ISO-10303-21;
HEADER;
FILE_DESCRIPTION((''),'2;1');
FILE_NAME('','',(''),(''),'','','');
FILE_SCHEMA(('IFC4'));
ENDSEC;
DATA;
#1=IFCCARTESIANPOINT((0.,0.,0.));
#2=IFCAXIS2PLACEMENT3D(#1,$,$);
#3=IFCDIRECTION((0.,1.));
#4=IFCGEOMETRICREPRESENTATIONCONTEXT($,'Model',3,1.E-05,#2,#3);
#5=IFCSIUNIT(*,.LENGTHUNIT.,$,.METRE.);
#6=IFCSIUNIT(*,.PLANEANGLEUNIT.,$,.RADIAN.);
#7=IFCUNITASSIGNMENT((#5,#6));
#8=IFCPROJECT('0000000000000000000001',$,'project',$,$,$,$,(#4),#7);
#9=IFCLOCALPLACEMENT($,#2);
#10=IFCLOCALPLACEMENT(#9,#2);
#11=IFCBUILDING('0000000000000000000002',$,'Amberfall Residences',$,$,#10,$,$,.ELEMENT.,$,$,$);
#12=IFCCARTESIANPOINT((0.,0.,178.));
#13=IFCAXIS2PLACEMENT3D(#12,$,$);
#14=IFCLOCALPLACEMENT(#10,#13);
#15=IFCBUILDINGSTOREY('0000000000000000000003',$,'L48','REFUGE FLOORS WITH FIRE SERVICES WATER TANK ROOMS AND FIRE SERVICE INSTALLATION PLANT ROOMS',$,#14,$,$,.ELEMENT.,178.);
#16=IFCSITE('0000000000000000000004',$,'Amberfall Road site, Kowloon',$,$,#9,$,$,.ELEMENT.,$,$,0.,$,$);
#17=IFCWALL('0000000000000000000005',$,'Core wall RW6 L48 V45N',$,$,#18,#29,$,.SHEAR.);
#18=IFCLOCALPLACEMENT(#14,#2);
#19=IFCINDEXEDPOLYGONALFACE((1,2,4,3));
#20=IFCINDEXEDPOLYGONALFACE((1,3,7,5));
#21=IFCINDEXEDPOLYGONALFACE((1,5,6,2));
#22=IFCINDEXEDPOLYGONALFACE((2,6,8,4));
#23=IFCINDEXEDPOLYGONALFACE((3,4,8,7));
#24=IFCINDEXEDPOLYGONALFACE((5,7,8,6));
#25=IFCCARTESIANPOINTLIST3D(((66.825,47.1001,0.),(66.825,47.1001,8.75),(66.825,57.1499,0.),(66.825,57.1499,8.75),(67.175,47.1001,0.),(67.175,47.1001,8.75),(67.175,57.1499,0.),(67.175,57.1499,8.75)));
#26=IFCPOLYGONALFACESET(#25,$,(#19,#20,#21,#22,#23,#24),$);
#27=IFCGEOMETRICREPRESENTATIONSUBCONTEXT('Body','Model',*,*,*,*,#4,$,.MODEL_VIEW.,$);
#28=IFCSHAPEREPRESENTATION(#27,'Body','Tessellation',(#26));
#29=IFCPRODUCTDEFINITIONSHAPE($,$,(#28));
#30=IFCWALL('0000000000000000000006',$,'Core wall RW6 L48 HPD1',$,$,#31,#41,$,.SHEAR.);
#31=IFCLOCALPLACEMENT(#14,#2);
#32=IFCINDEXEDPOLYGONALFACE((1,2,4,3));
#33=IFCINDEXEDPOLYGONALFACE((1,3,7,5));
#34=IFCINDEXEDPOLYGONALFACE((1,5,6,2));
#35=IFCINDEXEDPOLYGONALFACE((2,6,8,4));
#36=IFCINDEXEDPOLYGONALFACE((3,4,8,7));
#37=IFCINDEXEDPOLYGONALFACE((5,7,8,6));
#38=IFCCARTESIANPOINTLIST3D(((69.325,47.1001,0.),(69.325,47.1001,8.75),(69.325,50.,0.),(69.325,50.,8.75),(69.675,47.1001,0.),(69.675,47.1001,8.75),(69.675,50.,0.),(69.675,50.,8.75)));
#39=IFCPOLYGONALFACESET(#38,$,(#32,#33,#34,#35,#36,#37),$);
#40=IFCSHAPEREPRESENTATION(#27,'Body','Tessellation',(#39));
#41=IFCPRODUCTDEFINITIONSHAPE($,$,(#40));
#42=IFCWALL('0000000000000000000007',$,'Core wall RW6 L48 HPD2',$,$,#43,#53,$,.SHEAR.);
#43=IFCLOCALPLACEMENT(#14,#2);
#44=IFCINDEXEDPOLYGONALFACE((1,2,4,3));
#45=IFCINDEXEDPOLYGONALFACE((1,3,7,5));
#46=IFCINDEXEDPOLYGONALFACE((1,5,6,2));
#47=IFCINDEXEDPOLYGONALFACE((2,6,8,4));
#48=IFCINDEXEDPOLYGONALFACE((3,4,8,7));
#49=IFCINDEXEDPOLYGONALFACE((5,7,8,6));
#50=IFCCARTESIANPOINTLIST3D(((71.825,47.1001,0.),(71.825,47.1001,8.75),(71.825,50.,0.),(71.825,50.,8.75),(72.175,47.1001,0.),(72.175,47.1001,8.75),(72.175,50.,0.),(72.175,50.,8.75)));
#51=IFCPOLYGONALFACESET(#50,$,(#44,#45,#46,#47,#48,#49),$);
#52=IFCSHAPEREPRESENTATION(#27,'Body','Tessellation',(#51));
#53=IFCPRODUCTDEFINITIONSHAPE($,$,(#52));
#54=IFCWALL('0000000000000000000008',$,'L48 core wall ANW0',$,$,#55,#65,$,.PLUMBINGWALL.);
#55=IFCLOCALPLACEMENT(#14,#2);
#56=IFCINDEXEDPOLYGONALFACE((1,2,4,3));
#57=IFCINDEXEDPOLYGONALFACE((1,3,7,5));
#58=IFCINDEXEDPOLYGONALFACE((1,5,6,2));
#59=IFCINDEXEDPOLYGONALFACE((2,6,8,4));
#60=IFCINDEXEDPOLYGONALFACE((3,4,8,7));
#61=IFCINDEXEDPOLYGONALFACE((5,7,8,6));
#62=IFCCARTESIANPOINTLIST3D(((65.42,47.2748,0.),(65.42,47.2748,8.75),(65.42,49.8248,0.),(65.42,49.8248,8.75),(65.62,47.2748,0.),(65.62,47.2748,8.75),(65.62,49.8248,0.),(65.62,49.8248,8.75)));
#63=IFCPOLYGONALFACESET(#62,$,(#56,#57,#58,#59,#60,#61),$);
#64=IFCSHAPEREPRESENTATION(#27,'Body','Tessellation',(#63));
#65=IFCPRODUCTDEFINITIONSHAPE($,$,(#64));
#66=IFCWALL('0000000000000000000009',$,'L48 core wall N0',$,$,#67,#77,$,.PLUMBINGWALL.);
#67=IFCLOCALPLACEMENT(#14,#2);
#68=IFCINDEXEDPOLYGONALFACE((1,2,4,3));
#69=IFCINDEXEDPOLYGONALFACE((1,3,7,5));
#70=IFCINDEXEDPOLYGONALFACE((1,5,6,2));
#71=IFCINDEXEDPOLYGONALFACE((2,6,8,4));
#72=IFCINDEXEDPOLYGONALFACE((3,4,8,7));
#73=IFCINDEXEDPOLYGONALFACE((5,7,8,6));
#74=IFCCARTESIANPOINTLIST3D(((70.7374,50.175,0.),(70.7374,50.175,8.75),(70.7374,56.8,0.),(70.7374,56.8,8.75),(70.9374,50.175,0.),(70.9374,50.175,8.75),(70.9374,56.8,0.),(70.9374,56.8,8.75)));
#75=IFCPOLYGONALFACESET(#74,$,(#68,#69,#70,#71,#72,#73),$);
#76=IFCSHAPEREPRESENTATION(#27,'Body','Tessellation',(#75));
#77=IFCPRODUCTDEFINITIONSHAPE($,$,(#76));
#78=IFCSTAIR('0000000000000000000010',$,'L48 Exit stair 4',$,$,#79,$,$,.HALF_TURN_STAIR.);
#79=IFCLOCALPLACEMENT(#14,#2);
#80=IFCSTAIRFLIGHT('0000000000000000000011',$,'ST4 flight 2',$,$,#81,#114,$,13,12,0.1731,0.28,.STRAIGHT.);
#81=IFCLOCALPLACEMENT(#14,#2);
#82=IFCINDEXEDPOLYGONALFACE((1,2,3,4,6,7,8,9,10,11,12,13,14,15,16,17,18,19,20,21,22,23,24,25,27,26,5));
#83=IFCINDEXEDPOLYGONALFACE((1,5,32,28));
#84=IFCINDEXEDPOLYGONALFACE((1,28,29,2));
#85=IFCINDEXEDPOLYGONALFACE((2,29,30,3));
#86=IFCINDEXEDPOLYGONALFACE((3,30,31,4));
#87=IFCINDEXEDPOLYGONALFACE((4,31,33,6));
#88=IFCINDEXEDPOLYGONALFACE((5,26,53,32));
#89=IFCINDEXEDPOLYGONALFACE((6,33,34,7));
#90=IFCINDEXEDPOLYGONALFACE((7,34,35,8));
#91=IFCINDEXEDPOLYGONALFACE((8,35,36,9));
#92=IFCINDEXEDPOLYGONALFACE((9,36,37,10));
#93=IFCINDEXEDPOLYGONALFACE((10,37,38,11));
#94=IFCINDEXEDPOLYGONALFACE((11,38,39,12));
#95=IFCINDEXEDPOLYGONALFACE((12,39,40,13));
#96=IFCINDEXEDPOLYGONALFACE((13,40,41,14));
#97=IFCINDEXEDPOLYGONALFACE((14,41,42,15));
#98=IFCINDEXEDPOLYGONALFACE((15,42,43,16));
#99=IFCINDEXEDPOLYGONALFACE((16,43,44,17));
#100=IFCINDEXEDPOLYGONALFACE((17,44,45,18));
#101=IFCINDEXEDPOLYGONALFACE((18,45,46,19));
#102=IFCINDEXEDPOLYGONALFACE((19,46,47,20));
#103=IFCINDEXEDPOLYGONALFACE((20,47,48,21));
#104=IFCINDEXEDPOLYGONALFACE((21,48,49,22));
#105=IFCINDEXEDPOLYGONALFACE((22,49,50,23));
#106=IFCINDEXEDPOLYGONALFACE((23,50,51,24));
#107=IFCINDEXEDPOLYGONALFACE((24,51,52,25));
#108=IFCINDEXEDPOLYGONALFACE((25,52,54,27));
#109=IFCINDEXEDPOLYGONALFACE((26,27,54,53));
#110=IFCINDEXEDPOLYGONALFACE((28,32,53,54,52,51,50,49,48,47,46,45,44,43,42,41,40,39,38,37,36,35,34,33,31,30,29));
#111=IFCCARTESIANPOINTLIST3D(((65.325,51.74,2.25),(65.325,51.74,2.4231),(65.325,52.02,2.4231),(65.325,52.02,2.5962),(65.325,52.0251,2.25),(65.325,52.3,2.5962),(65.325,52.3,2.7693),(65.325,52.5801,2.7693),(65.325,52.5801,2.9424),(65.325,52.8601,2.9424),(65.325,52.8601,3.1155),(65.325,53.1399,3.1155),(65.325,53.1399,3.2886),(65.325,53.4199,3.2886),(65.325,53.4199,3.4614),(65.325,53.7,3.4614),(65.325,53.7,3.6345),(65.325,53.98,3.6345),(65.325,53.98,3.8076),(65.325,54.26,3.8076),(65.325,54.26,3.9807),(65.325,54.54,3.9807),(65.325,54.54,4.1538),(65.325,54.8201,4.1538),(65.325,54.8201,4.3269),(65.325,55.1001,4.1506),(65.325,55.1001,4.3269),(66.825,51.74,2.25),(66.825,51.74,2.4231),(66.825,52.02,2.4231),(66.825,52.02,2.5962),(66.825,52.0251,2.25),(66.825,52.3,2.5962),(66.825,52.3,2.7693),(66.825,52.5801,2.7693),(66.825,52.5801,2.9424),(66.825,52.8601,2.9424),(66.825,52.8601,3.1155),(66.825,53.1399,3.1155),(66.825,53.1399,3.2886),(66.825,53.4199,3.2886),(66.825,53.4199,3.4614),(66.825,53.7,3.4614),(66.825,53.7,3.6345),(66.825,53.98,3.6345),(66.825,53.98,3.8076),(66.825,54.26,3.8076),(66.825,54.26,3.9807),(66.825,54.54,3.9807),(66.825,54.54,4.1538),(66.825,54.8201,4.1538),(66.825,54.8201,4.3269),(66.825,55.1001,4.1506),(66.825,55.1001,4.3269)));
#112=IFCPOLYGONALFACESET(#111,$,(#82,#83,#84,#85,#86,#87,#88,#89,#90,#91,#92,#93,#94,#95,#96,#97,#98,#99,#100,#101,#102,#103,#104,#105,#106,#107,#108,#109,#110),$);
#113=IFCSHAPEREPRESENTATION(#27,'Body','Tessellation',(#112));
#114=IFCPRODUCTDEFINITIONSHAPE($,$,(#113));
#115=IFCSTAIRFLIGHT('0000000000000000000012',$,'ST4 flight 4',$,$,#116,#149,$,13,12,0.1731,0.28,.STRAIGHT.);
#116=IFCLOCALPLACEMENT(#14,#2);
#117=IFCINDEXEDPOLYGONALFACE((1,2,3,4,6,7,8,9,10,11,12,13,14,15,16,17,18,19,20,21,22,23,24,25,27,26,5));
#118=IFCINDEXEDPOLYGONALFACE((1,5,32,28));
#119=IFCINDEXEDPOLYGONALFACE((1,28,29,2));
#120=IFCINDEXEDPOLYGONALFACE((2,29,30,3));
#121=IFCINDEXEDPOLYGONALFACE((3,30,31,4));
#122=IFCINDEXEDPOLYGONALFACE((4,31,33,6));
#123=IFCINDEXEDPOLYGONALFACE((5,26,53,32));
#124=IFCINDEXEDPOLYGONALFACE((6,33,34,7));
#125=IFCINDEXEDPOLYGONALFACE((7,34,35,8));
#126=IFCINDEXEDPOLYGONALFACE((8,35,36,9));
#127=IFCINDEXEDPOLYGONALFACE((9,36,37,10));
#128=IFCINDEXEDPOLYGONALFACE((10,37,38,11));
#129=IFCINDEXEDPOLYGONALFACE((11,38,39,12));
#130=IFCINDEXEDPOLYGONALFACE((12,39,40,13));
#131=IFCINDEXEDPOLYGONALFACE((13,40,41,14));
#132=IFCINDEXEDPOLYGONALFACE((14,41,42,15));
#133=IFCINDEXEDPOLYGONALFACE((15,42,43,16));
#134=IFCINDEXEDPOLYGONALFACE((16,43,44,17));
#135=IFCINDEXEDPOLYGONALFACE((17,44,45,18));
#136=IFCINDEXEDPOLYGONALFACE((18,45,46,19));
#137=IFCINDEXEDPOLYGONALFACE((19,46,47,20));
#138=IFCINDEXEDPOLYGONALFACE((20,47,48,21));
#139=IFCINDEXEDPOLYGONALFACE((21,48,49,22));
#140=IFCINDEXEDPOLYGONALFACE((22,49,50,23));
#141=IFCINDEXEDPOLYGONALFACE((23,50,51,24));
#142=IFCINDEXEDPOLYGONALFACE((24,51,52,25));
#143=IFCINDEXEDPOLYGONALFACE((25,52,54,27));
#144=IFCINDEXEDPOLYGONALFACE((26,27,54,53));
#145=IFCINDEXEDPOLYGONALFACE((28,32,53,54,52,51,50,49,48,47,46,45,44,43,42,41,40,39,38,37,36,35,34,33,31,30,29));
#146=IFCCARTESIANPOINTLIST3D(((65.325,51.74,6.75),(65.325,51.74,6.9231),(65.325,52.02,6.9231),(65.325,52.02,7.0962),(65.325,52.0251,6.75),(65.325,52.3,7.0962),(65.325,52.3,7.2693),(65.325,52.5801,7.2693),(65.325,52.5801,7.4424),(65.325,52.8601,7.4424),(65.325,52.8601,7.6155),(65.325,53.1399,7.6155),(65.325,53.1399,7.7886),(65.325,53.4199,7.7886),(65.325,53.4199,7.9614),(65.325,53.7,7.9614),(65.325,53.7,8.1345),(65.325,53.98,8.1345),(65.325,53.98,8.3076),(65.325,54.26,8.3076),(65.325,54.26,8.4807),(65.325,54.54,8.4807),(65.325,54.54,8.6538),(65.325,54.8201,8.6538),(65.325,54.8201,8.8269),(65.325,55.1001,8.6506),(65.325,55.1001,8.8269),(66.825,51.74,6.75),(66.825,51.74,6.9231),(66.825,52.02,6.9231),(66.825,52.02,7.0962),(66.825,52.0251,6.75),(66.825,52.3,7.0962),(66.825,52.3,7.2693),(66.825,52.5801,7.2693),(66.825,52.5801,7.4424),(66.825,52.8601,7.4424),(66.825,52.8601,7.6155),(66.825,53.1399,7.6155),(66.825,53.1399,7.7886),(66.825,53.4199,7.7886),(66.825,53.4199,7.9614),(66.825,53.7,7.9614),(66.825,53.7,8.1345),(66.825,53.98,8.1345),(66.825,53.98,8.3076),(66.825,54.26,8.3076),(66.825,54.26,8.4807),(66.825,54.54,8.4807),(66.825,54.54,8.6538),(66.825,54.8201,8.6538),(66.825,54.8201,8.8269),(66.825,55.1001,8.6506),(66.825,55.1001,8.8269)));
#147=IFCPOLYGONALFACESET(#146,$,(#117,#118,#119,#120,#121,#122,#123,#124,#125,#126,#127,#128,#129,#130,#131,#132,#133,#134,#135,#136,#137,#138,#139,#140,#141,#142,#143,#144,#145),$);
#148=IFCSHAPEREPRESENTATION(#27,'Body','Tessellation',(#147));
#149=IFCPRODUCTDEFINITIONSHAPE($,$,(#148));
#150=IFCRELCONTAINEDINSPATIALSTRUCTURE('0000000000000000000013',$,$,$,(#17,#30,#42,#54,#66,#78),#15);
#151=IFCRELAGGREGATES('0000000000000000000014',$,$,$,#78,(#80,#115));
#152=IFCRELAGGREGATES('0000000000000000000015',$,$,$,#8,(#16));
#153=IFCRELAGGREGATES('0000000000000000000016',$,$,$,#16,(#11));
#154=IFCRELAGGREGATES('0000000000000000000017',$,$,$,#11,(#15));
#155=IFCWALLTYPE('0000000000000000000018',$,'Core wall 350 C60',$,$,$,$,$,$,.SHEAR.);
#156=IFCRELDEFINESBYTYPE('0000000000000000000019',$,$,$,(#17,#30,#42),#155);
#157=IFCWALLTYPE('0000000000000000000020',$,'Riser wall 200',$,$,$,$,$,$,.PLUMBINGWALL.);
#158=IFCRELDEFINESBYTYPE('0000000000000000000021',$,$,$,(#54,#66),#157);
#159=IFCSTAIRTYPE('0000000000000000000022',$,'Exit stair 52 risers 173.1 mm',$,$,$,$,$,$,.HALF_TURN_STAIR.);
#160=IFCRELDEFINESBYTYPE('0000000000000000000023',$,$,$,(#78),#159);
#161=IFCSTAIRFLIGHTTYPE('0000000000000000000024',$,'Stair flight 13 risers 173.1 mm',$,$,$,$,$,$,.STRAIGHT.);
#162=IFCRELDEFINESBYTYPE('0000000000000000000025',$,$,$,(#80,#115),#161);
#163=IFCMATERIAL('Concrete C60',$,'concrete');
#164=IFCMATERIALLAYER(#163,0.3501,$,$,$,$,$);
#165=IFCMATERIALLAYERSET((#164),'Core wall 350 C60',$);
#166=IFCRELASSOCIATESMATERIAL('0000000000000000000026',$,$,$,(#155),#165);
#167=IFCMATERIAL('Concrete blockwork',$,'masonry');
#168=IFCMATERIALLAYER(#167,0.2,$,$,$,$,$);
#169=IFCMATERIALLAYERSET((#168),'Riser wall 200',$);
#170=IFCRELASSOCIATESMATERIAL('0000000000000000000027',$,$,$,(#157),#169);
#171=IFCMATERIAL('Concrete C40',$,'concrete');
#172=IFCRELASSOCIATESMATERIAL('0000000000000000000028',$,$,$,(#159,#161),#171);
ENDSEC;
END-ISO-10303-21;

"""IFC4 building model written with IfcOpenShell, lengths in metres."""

from ifc_helpers import new_model, si_unit, direction, frame, frame_2d, origin, place, context, subcontext, project, spatial, polyline, rectangle, outline, extrude, material, layer, layer_set, type_object, element, aggregate, save


model = new_model("IFC4")

# Units and contexts
model_context = context("Model", 3, precision=1e-05, world=origin(), true_north=direction((0.0, 1.0)))
body_context = subcontext(model_context, "Body", "Model", "MODEL_VIEW")
ifc_project = project(units=[si_unit("LENGTHUNIT", "METRE"), si_unit("PLANEANGLEUNIT", "RADIAN")], contexts=[model_context])

# Site, building, storey
site_placement = place(None, origin())
site = spatial("IfcSite", under=ifc_project, at=site_placement, Name="Amberfall Road site, Kowloon", CompositionType="ELEMENT", RefElevation=0.0)
building_placement = place(site_placement, origin())
building = spatial("IfcBuilding", under=site, at=building_placement, Name="Amberfall Residences", CompositionType="ELEMENT")
storey_placement = place(building_placement, frame((0.0, 0.0, 178.0)))
storey = spatial("IfcBuildingStorey", under=building, at=storey_placement, Name="L48", Description="REFUGE FLOORS WITH FIRE SERVICES WATER TANK ROOMS AND FIRE SERVICE INSTALLATION PLANT ROOMS", CompositionType="ELEMENT", Elevation=178.0)

# Walls
ifc_material_1 = material(Name="Concrete C60", Category="concrete")
ifc_layer_1 = layer(ifc_material_1, 0.3501)
ifc_layer_set_1 = layer_set([ifc_layer_1], Name="Core wall 350 C60")
wall_type_1 = type_object("IfcWallType", Name="Core wall 350 C60", PredefinedType="SHEAR", material=ifc_layer_set_1)
wall_1_placement = place(storey_placement, frame((67.0, 47.1001, 0.0), z_axis=(0.0, 0.0, 1.0), x_axis=(0.0, 1.0, 0.0)))
element("IfcWall", 1, at=wall_1_placement, inside=storey, type_object=wall_type_1, Name="Core wall RW6 L48 V45N", PredefinedType="SHEAR", context=body_context, shape_type="SweptSolid", body=[
    extrude(rectangle(XDim=10.0498, YDim=0.3501, at=frame_2d((5.0249, 0.0))), origin(), (0.0, 0.0, 1.0), 8.75),
])
for number, where, z_axis, x_axis, name in (
    (2, (69.5, 47.1001, 0.0), (0.0, 0.0, 1.0), (0.0, 1.0, 0.0), "Core wall RW6 L48 HPD1"),
    (3, (72.0, 47.1001, 0.0), (0.0, 0.0, 1.0), (0.0, 1.0, 0.0), "Core wall RW6 L48 HPD2"),
):
    element("IfcWall", number, at=place(storey_placement, frame(where, z_axis=z_axis, x_axis=x_axis)), inside=storey, type_object=wall_type_1, Name=name, PredefinedType="SHEAR", context=body_context, shape_type="SweptSolid", body=[
        extrude(rectangle(XDim=2.8999, YDim=0.3501, at=frame_2d((1.45, 0.0))), origin(), (0.0, 0.0, 1.0), 8.75),
    ])
ifc_material_2 = material(Name="Concrete blockwork", Category="masonry")
ifc_layer_2 = layer(ifc_material_2, 0.2)
ifc_layer_set_2 = layer_set([ifc_layer_2], Name="Riser wall 200")
wall_type_2 = type_object("IfcWallType", Name="Riser wall 200", PredefinedType="PLUMBINGWALL", material=ifc_layer_set_2)
wall_2_placement = place(storey_placement, frame((65.52, 47.2749, 0.0), z_axis=(0.0, 0.0, 1.0), x_axis=(0.0, 1.0, 0.0)))
element("IfcWall", 4, at=wall_2_placement, inside=storey, type_object=wall_type_2, Name="L48 core wall ANW0", PredefinedType="PLUMBINGWALL", context=body_context, shape_type="SweptSolid", body=[
    extrude(rectangle(XDim=2.55, YDim=0.2, at=frame_2d((1.2749, 0.0))), origin(), (0.0, 0.0, 1.0), 8.75),
])
wall_3_placement = place(storey_placement, frame((70.8374, 50.175, 0.0), z_axis=(0.0, 0.0, 1.0), x_axis=(0.0, 1.0, 0.0)))
element("IfcWall", 5, at=wall_3_placement, inside=storey, type_object=wall_type_2, Name="L48 core wall N0", PredefinedType="PLUMBINGWALL", context=body_context, shape_type="SweptSolid", body=[
    extrude(rectangle(XDim=6.625, YDim=0.2, at=frame_2d((3.3125, 0.0))), origin(), (0.0, 0.0, 1.0), 8.75),
])

# Stair, stair flights
ifc_material_3 = material(Name="Concrete C40", Category="concrete")
stair_type = type_object("IfcStairType", Name="Exit stair 52 risers 173.1 mm", PredefinedType="HALF_TURN_STAIR", material=ifc_material_3)
stair_placement = place(storey_placement, origin())
stair = element("IfcStair", 6, at=stair_placement, inside=storey, type_object=stair_type, Name="L48 Exit stair 4", PredefinedType="HALF_TURN_STAIR")
stair_flight_type = type_object("IfcStairFlightType", Name="Stair flight 13 risers 173.1 mm", PredefinedType="STRAIGHT", material=ifc_material_3)
stair_flight_1_placement = place(storey_placement, frame((66.075, 51.74, 2.25), z_axis=(0.0, 0.0, 1.0), x_axis=(0.0, 1.0, 0.0)))
stair_flight_1 = element("IfcStairFlight", 7, at=stair_flight_1_placement, type_object=stair_flight_type, Name="ST4 flight 2", NumberOfRisers=13, NumberOfTreads=12, PredefinedType="STRAIGHT", RiserHeight=0.1731, TreadLength=0.28, context=body_context, shape_type="SweptSolid", body=[
    extrude(outline(polyline([(0.0, 0.0), (0.0, 0.1731), (0.28, 0.1731), (0.28, 0.3462), (0.5601, 0.3462), (0.5601, 0.5193), (0.8401, 0.5193), (0.8401, 0.6924), (1.1201, 0.6924), (1.1201, 0.8655), (1.3999, 0.8655), (1.3999, 1.0386), (1.6799, 1.0386), (1.6799, 1.2114), (1.96, 1.2114), (1.96, 1.3845), (2.24, 1.3845), (2.24, 1.5576), (2.52, 1.5576), (2.52, 1.7307), (2.8, 1.7307), (2.8, 1.9038), (3.0801, 1.9038), (3.0801, 2.0769), (3.3601, 2.0769), (3.3601, 2.25), (3.3601, 1.9006), (0.2852, 0.0), (0.0, 0.0)])), frame((0.0, 0.75, 0.0), z_axis=(0.0, -1.0, 0.0), x_axis=(1.0, 0.0, 0.0)), (0.0, 0.0, 1.0), 1.5),
])
stair_flight_2_placement = place(storey_placement, frame((66.075, 51.74, 6.75), z_axis=(0.0, 0.0, 1.0), x_axis=(0.0, 1.0, 0.0)))
stair_flight_2 = element("IfcStairFlight", 8, at=stair_flight_2_placement, type_object=stair_flight_type, Name="ST4 flight 4", NumberOfRisers=13, NumberOfTreads=12, PredefinedType="STRAIGHT", RiserHeight=0.1731, TreadLength=0.28, context=body_context, shape_type="SweptSolid", body=[
    extrude(outline(polyline([(0.0, 0.0), (0.0, 0.1731), (0.28, 0.1731), (0.28, 0.3462), (0.5601, 0.3462), (0.5601, 0.5193), (0.8401, 0.5193), (0.8401, 0.6924), (1.1201, 0.6924), (1.1201, 0.8655), (1.3999, 0.8655), (1.3999, 1.0386), (1.6799, 1.0386), (1.6799, 1.2114), (1.96, 1.2114), (1.96, 1.3845), (2.24, 1.3845), (2.24, 1.5576), (2.52, 1.5576), (2.52, 1.7307), (2.8, 1.7307), (2.8, 1.9038), (3.0801, 1.9038), (3.0801, 2.0769), (3.3601, 2.0769), (3.3601, 2.25), (3.3601, 1.9006), (0.2852, 0.0), (0.0, 0.0)])), frame((0.0, 0.75, 0.0), z_axis=(0.0, -1.0, 0.0), x_axis=(1.0, 0.0, 0.0)), (0.0, 0.0, 1.0), 1.5),
])
aggregate(stair, [stair_flight_1, stair_flight_2])

save(model, "model.ifc")
